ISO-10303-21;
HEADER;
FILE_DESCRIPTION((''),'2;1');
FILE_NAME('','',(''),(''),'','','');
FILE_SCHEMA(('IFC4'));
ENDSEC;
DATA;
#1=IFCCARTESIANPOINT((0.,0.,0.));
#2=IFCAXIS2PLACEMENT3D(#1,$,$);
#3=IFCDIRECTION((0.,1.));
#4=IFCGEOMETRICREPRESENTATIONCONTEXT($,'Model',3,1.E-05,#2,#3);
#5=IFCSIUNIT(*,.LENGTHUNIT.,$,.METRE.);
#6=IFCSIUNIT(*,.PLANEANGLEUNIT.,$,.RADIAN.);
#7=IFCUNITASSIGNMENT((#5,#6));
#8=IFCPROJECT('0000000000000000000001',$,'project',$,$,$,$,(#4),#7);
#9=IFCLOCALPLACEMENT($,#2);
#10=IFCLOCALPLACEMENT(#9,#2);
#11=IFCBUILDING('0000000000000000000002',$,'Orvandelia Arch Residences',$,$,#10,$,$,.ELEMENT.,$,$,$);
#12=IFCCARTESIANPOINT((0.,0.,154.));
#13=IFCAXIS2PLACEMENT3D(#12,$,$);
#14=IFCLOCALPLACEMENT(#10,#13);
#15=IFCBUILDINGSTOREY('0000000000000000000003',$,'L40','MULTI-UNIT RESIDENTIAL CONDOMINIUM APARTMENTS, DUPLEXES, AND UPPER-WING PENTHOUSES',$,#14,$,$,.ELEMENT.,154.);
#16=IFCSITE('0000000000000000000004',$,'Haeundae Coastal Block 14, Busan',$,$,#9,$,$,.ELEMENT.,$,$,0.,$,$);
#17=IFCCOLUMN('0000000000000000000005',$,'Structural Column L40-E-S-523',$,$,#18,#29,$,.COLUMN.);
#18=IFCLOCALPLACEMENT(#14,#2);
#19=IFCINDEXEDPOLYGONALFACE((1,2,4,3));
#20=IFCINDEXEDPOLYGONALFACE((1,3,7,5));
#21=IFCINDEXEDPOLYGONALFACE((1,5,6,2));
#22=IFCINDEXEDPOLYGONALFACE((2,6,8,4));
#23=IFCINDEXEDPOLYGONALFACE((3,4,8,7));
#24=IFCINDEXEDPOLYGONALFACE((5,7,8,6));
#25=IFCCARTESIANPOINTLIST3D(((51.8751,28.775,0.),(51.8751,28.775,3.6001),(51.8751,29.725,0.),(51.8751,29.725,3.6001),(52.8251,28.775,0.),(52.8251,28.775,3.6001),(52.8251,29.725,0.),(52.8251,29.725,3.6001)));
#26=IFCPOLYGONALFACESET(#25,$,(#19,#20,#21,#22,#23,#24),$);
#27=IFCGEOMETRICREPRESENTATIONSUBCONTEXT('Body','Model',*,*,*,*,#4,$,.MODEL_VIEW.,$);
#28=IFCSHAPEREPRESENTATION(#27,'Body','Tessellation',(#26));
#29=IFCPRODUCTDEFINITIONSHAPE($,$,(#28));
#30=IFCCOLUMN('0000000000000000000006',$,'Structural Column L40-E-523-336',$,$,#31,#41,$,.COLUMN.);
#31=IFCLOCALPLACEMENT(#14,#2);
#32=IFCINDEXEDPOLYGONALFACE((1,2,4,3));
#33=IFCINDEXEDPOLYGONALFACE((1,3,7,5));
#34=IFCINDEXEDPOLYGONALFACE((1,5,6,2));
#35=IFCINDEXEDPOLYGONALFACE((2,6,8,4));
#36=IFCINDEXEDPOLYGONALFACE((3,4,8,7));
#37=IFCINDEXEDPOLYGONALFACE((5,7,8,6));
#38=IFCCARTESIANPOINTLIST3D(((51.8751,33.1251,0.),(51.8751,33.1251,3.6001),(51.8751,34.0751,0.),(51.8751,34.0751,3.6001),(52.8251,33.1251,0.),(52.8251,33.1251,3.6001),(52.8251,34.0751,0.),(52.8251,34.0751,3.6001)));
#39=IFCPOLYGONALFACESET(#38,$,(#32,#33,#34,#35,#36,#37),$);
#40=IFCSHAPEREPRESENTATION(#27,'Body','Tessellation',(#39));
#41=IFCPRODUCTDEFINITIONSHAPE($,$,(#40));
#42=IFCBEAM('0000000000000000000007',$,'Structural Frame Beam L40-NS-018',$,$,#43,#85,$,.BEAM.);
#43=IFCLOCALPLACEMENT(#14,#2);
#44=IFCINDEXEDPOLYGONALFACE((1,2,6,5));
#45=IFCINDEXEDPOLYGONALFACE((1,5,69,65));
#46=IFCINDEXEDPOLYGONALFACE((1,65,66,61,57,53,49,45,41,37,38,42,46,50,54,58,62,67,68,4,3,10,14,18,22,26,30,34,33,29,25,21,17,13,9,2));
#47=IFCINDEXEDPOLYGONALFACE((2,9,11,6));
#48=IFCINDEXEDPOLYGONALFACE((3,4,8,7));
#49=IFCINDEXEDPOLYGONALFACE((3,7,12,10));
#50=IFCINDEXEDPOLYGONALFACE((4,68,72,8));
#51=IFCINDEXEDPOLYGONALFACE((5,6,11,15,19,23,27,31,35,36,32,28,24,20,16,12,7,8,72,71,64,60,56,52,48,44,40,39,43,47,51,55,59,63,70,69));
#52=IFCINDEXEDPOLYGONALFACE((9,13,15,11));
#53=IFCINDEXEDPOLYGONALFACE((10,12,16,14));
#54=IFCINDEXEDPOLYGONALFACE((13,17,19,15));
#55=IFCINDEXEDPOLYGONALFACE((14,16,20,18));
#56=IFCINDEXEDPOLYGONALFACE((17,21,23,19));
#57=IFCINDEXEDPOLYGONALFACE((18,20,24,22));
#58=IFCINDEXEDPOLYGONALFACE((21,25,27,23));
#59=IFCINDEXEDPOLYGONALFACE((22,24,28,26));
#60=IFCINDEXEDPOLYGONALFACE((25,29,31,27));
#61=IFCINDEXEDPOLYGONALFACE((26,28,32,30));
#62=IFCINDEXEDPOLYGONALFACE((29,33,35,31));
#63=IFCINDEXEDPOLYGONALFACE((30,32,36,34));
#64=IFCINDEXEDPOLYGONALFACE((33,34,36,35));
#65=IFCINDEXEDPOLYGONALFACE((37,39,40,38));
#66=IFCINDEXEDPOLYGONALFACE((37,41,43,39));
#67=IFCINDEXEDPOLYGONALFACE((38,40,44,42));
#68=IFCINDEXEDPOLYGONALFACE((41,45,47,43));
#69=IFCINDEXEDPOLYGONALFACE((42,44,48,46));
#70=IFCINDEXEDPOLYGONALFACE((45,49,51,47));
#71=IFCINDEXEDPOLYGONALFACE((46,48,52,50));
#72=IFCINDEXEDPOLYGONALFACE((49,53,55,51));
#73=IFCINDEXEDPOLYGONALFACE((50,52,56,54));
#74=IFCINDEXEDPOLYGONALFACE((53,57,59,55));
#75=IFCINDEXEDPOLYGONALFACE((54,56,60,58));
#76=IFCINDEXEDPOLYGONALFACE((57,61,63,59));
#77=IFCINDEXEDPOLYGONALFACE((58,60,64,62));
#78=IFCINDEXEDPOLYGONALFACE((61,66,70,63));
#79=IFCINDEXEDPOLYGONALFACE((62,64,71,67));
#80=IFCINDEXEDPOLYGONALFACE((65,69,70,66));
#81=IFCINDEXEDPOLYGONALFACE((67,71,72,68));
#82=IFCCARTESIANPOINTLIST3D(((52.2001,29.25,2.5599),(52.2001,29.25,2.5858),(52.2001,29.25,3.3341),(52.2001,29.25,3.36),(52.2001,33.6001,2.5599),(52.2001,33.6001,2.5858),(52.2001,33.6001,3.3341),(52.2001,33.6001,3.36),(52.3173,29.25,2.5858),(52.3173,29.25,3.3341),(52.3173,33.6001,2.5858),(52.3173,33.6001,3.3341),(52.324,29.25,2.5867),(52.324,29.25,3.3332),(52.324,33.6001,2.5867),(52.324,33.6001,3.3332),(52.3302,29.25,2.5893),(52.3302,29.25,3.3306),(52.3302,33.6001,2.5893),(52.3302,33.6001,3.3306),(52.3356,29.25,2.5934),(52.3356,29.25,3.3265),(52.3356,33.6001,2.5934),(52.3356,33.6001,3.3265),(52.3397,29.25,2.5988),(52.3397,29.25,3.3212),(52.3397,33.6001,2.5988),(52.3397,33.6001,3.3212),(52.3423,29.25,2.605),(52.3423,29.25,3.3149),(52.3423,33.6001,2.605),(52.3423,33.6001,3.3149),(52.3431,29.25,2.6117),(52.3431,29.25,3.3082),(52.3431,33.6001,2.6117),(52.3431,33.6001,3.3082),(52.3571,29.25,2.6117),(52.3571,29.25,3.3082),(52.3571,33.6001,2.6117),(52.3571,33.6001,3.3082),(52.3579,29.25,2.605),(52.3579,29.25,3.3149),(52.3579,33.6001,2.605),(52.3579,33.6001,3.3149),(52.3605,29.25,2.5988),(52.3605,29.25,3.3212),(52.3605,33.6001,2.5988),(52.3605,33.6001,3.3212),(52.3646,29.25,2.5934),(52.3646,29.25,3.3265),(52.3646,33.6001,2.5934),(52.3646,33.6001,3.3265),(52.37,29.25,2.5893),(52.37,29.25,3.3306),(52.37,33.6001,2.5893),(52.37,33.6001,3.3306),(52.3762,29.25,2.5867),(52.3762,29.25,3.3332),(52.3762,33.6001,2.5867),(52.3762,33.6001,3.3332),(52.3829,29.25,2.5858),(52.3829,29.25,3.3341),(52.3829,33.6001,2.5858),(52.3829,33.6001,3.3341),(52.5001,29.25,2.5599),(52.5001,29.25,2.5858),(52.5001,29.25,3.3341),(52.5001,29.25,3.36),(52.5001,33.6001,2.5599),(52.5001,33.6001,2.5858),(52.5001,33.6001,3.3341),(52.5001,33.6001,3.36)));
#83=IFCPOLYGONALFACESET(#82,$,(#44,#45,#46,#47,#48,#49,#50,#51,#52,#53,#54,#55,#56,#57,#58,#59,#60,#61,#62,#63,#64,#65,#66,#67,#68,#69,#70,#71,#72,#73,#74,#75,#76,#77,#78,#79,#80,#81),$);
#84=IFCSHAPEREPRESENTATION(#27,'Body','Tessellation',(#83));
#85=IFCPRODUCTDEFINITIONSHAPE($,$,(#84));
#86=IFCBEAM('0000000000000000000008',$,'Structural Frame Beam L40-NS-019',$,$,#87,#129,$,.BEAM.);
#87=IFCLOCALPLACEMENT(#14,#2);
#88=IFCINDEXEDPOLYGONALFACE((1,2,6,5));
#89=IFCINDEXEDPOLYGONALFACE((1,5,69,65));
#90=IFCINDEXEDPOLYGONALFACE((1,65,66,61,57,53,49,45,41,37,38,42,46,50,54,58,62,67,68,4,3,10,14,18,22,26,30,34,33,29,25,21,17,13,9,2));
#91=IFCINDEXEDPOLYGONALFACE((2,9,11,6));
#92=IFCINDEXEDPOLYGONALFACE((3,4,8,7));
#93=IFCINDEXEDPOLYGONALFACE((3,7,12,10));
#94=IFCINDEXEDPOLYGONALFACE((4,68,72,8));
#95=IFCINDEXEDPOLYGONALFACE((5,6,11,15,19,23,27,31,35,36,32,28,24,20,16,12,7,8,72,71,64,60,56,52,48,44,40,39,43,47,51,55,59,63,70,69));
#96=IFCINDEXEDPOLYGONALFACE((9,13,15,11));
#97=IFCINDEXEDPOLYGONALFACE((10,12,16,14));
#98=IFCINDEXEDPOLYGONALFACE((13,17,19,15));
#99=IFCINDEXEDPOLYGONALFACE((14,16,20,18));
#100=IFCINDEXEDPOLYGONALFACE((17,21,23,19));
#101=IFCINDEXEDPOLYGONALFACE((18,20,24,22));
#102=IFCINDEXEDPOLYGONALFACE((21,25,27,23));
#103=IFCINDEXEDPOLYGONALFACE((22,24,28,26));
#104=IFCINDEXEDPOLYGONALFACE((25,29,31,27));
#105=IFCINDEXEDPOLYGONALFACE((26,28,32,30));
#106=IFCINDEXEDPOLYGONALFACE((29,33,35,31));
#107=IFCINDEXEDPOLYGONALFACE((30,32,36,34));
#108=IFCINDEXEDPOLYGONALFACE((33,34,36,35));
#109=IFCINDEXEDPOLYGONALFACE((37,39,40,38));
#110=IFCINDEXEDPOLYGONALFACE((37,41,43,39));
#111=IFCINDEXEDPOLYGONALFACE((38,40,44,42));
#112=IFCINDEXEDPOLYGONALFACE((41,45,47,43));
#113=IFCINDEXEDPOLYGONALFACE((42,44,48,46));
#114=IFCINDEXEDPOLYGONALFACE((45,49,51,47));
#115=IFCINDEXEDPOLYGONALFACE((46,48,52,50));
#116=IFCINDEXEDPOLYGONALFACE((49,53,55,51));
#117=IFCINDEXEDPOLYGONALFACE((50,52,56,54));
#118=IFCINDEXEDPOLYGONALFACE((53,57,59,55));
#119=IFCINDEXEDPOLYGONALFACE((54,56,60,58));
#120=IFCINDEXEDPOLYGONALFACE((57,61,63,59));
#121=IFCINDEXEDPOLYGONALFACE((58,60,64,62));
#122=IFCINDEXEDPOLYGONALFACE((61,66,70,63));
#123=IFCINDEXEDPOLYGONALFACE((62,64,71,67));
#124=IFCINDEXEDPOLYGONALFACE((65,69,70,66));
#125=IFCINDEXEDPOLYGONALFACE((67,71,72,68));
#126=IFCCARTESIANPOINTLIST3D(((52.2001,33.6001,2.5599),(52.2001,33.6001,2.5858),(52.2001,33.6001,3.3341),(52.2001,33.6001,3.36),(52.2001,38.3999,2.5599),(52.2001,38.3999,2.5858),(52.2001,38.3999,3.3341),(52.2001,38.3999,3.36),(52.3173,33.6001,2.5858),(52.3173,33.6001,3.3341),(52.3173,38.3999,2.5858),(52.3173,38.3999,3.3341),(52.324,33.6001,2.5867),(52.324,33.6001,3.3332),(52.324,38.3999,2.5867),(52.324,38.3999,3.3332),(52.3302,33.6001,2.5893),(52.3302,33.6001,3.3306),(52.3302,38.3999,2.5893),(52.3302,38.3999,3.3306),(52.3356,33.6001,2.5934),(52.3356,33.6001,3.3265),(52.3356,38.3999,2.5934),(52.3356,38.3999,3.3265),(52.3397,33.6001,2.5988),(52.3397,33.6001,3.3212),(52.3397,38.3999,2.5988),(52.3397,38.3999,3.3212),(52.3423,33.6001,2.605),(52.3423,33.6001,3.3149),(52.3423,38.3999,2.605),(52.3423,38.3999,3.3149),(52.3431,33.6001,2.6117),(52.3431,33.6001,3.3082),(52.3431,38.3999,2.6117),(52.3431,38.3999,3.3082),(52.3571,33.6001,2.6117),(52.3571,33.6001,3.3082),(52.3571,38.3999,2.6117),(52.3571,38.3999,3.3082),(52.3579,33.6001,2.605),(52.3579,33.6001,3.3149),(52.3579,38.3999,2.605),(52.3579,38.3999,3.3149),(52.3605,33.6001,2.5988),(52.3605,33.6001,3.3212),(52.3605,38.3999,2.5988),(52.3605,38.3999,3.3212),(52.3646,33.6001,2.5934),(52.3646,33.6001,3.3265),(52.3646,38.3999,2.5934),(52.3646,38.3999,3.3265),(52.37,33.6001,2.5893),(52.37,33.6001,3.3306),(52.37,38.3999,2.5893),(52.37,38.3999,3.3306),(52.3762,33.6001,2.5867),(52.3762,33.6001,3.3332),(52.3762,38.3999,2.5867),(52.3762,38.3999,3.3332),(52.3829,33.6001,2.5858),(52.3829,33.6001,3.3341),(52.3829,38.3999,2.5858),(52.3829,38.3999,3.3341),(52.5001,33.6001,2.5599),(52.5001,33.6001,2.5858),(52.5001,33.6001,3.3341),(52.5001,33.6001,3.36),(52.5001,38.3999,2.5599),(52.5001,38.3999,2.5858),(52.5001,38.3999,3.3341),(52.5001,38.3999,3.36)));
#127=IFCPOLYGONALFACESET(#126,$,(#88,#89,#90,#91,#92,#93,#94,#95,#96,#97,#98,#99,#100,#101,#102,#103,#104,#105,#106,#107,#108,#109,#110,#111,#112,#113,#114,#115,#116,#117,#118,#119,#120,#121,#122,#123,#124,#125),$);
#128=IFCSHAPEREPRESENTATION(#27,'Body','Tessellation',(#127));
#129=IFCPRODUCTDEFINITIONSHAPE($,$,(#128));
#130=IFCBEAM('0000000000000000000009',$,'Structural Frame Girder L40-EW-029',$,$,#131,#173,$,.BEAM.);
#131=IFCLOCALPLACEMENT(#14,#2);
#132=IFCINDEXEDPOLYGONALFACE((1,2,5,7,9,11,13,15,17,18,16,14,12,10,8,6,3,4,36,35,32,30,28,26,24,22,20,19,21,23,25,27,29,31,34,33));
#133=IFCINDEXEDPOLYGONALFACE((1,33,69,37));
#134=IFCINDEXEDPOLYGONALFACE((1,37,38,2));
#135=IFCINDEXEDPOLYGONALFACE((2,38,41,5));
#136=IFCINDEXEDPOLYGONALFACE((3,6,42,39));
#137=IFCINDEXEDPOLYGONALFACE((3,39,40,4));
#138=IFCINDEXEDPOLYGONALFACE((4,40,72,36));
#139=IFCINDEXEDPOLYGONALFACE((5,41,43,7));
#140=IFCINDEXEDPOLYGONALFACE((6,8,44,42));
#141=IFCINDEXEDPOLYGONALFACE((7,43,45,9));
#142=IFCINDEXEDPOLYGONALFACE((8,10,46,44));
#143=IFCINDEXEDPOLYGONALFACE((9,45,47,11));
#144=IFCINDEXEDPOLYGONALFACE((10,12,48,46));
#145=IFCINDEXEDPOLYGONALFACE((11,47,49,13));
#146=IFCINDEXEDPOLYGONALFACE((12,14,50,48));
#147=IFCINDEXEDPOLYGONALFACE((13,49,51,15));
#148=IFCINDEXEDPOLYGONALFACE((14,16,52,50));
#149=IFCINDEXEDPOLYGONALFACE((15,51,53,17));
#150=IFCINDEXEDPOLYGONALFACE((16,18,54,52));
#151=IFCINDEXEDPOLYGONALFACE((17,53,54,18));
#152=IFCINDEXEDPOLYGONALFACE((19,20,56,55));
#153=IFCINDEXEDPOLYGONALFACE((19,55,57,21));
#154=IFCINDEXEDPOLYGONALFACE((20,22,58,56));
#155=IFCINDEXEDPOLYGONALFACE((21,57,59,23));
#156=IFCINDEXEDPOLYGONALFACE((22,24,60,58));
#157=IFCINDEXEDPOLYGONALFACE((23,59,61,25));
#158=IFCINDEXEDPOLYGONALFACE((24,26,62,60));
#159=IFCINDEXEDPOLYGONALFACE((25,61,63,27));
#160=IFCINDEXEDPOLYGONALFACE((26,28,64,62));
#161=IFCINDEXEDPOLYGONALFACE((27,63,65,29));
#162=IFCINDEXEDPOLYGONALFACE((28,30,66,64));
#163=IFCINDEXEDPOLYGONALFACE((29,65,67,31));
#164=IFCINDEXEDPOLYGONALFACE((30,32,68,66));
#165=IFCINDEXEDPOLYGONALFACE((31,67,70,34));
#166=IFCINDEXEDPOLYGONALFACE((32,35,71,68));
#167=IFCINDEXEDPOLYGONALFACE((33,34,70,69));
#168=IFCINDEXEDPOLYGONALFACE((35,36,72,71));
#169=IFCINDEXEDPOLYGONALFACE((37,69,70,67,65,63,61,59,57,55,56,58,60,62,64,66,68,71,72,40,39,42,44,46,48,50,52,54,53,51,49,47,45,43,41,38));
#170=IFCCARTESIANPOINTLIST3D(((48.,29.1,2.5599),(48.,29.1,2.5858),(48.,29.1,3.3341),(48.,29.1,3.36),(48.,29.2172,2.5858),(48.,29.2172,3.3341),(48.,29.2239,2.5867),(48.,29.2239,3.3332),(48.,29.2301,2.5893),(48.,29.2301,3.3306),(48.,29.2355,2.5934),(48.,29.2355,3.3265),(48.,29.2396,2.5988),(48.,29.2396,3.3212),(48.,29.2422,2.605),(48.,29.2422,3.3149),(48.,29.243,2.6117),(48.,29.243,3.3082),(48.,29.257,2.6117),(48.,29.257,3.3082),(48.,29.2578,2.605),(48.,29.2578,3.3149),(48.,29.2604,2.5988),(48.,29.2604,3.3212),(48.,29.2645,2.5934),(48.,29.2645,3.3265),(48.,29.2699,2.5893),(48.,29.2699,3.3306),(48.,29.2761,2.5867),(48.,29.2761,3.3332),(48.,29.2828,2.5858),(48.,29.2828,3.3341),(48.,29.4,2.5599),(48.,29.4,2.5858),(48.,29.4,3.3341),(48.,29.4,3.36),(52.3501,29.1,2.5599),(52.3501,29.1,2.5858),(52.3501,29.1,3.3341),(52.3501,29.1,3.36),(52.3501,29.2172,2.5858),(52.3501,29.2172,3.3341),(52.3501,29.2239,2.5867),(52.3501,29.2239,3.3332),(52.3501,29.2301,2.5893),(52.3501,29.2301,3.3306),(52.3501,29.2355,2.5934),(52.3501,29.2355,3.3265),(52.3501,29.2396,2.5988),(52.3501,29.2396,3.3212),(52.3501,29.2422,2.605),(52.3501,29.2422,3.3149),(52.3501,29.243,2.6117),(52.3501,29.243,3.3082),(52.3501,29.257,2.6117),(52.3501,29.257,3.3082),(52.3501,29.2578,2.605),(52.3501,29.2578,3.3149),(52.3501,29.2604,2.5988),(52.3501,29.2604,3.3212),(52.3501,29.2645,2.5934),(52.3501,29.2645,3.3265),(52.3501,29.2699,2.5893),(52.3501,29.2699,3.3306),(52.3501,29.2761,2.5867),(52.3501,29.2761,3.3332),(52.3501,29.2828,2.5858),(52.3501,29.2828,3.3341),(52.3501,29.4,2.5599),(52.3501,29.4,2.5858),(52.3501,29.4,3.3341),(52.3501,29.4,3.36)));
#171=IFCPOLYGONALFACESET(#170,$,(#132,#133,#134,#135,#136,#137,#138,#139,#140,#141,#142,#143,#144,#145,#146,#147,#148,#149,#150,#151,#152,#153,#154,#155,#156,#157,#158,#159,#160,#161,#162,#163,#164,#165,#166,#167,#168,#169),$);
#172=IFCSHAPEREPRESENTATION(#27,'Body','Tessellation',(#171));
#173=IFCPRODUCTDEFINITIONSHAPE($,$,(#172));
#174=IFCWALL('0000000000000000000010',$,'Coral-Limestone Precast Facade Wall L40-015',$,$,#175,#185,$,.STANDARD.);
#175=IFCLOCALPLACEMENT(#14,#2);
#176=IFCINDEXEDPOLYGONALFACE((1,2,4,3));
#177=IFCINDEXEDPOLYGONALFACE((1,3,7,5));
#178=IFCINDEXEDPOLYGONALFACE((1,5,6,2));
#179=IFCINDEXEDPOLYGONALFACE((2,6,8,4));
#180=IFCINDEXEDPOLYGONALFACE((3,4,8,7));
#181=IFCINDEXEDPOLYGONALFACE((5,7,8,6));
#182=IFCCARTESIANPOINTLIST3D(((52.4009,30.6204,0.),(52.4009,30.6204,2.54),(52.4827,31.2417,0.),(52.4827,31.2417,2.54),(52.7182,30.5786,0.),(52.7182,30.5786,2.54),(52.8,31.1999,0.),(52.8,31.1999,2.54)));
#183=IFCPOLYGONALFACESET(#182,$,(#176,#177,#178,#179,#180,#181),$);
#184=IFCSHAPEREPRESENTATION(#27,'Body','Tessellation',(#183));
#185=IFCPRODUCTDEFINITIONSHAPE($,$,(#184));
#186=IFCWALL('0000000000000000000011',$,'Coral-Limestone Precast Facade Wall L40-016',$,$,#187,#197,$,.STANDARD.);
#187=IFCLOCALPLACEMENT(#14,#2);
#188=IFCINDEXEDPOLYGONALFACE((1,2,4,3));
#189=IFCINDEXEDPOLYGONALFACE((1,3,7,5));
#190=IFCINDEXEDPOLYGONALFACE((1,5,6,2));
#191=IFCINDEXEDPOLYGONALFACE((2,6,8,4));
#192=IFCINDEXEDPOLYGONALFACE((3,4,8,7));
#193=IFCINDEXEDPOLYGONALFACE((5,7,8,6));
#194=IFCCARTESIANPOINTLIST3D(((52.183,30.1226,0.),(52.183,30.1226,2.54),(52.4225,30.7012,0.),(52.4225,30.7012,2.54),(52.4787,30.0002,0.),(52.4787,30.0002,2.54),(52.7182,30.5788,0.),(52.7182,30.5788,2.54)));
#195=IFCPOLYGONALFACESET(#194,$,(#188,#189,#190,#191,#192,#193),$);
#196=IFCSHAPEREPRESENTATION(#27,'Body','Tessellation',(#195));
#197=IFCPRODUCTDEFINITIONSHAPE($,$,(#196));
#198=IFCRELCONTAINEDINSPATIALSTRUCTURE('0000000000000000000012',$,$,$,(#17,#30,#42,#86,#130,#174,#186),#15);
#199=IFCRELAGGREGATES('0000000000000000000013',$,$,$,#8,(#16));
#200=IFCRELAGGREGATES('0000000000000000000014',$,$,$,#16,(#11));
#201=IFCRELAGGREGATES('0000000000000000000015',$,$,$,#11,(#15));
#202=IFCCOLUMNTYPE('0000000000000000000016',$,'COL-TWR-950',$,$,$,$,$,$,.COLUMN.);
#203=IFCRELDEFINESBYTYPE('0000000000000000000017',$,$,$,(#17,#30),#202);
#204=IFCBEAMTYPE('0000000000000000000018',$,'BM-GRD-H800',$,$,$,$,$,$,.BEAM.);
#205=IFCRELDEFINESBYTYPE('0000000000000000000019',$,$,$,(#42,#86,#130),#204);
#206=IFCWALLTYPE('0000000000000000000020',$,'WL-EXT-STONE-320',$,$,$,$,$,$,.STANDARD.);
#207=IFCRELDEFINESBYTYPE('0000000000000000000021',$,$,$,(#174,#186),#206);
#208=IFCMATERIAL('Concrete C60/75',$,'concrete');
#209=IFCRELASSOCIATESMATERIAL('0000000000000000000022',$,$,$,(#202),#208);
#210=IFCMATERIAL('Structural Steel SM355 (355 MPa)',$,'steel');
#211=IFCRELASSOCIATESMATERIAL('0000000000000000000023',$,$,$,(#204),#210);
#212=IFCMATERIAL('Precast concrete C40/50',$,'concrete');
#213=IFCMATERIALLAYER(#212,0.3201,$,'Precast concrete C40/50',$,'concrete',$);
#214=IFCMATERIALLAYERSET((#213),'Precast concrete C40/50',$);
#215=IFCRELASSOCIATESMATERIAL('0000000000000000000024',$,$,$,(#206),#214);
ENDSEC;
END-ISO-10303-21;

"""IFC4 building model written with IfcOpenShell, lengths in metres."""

from ifc_helpers import new_model, si_unit, direction, frame, frame_2d, origin, origin_2d, place, context, subcontext, project, spatial, rectangle, i_section, extrude, material, layer, layer_set, material_profile, profile_set, type_object, element, save


model = new_model("IFC4")

# Units and contexts
model_context = context("Model", 3, precision=1e-05, world=origin(), true_north=direction((0.0, 1.0)))
body_context = subcontext(model_context, "Body", "Model", "MODEL_VIEW")
ifc_project = project(units=[si_unit("LENGTHUNIT", "METRE"), si_unit("PLANEANGLEUNIT", "RADIAN")], contexts=[model_context])

# Site, building, storey
site_placement = place(None, origin())
site = spatial("IfcSite", under=ifc_project, at=site_placement, Name="Haeundae Coastal Block 14, Busan", CompositionType="ELEMENT", RefElevation=0.0)
building_placement = place(site_placement, origin())
building = spatial("IfcBuilding", under=site, at=building_placement, Name="Orvandelia Arch Residences", CompositionType="ELEMENT")
storey_placement = place(building_placement, frame((0.0, 0.0, 154.0)))
storey = spatial("IfcBuildingStorey", under=building, at=storey_placement, Name="L40", Description="MULTI-UNIT RESIDENTIAL CONDOMINIUM APARTMENTS, DUPLEXES, AND UPPER-WING PENTHOUSES", CompositionType="ELEMENT", Elevation=154.0)

# Columns
ifc_material_1 = material(Name="Concrete C60/75", Category="concrete")
ifc_material_profile_1 = material_profile(ifc_material_1, rectangle(XDim=0.95, YDim=0.95, at=origin_2d()), Name="Concrete C60/75", Category="concrete")
ifc_profile_set_1 = profile_set([ifc_material_profile_1], Name="Concrete C60/75")
column_type = type_object("IfcColumnType", Name="COL-TWR-950", PredefinedType="COLUMN", material=ifc_profile_set_1)
for number, where, z_axis, x_axis, name in (
    (1, (52.3501, 29.25, 0.0), (0.0, 0.0, 1.0), (1.0, 0.0, 0.0), "Structural Column L40-E-S-523"),
    (2, (52.3501, 33.6001, 0.0), (0.0, 0.0, 1.0), (1.0, 0.0, 0.0), "Structural Column L40-E-523-336"),
):
    element("IfcColumn", number, at=place(storey_placement, frame(where, z_axis=z_axis, x_axis=x_axis)), inside=storey, type_object=column_type, Name=name, PredefinedType="COLUMN", context=body_context, shape_type="SweptSolid", body=[
        extrude(rectangle(XDim=0.95, YDim=0.95, at=origin_2d()), origin(), (0.0, 0.0, 1.0), 3.6001),
    ])

# Beams
ifc_material_2 = material(Name="Structural Steel SM355 (355 MPa)", Category="steel")
ifc_material_profile_2 = material_profile(ifc_material_2, i_section(OverallWidth=0.3, OverallDepth=0.8, WebThickness=0.0139, FlangeThickness=0.0259, FilletRadius=0.0259, at=origin_2d()), Name="Structural Steel SM355 (355 MPa)", Category="steel")
ifc_profile_set_2 = profile_set([ifc_material_profile_2], Name="Structural Steel SM355 (355 MPa)")
beam_type = type_object("IfcBeamType", Name="BM-GRD-H800", PredefinedType="BEAM", material=ifc_profile_set_2)
beam_1_placement = place(storey_placement, frame((52.3501, 29.25, 2.96), z_axis=(0.0, 1.0, 0.0), x_axis=(-1.0, 0.0, 0.0)))
element("IfcBeam", 3, at=beam_1_placement, inside=storey, type_object=beam_type, Name="Structural Frame Beam L40-NS-018", PredefinedType="BEAM", context=body_context, shape_type="SweptSolid", body=[
    extrude(i_section(OverallWidth=0.3, OverallDepth=0.8, WebThickness=0.0139, FlangeThickness=0.0259, FilletRadius=0.0259, at=origin_2d()), origin(), (0.0, 0.0, 1.0), 4.3501),
])
beam_2_placement = place(storey_placement, frame((52.3501, 33.6001, 2.96), z_axis=(0.0, 1.0, 0.0), x_axis=(-1.0, 0.0, 0.0)))
element("IfcBeam", 4, at=beam_2_placement, inside=storey, type_object=beam_type, Name="Structural Frame Beam L40-NS-019", PredefinedType="BEAM", context=body_context, shape_type="SweptSolid", body=[
    extrude(i_section(OverallWidth=0.3, OverallDepth=0.8, WebThickness=0.0139, FlangeThickness=0.0259, FilletRadius=0.0259, at=origin_2d()), origin(), (0.0, 0.0, 1.0), 4.7998),
])
beam_3_placement = place(storey_placement, frame((48.0, 29.25, 2.96), z_axis=(1.0, 0.0, 0.0), x_axis=(0.0, 1.0, 0.0)))
element("IfcBeam", 5, at=beam_3_placement, inside=storey, type_object=beam_type, Name="Structural Frame Girder L40-EW-029", PredefinedType="BEAM", context=body_context, shape_type="SweptSolid", body=[
    extrude(i_section(OverallWidth=0.3, OverallDepth=0.8, WebThickness=0.0139, FlangeThickness=0.0259, FilletRadius=0.0259, at=origin_2d()), origin(), (0.0, 0.0, 1.0), 4.3501),
])

# Walls
ifc_material_3 = material(Name="Precast concrete C40/50", Category="concrete")
ifc_layer_1 = layer(ifc_material_3, 0.3201, Name="Precast concrete C40/50", Category="concrete")
ifc_layer_set_1 = layer_set([ifc_layer_1], Name="Precast concrete C40/50")
wall_type_1 = type_object("IfcWallType", Name="WL-EXT-STONE-320", PredefinedType="STANDARD", material=ifc_layer_set_1)
wall_1_placement = place(storey_placement, frame((52.6414, 31.2209, 0.0), z_axis=(0.0, 0.0, 1.0), x_axis=(-0.130505, -0.991448, 0.0)))
element("IfcWall", 6, at=wall_1_placement, inside=storey, type_object=wall_type_1, Name="Coral-Limestone Precast Facade Wall L40-015", PredefinedType="STANDARD", context=body_context, shape_type="SweptSolid", body=[
    extrude(rectangle(XDim=0.6267, YDim=0.3201, at=frame_2d((0.3135, 0.0))), origin(), (0.0, 0.0, 1.0), 2.54),
])
wall_2_placement = place(storey_placement, frame((52.5703, 30.6399, 0.0), z_axis=(0.0, 0.0, 1.0), x_axis=(-0.382455, -0.923974, 0.0)))
element("IfcWall", 7, at=wall_2_placement, inside=storey, type_object=wall_type_1, Name="Coral-Limestone Precast Facade Wall L40-016", PredefinedType="STANDARD", context=body_context, shape_type="SweptSolid", body=[
    extrude(rectangle(XDim=0.6262, YDim=0.3201, at=frame_2d((0.313, 0.0))), origin(), (0.0, 0.0, 1.0), 2.54),
])

save(model, "model.ifc")
